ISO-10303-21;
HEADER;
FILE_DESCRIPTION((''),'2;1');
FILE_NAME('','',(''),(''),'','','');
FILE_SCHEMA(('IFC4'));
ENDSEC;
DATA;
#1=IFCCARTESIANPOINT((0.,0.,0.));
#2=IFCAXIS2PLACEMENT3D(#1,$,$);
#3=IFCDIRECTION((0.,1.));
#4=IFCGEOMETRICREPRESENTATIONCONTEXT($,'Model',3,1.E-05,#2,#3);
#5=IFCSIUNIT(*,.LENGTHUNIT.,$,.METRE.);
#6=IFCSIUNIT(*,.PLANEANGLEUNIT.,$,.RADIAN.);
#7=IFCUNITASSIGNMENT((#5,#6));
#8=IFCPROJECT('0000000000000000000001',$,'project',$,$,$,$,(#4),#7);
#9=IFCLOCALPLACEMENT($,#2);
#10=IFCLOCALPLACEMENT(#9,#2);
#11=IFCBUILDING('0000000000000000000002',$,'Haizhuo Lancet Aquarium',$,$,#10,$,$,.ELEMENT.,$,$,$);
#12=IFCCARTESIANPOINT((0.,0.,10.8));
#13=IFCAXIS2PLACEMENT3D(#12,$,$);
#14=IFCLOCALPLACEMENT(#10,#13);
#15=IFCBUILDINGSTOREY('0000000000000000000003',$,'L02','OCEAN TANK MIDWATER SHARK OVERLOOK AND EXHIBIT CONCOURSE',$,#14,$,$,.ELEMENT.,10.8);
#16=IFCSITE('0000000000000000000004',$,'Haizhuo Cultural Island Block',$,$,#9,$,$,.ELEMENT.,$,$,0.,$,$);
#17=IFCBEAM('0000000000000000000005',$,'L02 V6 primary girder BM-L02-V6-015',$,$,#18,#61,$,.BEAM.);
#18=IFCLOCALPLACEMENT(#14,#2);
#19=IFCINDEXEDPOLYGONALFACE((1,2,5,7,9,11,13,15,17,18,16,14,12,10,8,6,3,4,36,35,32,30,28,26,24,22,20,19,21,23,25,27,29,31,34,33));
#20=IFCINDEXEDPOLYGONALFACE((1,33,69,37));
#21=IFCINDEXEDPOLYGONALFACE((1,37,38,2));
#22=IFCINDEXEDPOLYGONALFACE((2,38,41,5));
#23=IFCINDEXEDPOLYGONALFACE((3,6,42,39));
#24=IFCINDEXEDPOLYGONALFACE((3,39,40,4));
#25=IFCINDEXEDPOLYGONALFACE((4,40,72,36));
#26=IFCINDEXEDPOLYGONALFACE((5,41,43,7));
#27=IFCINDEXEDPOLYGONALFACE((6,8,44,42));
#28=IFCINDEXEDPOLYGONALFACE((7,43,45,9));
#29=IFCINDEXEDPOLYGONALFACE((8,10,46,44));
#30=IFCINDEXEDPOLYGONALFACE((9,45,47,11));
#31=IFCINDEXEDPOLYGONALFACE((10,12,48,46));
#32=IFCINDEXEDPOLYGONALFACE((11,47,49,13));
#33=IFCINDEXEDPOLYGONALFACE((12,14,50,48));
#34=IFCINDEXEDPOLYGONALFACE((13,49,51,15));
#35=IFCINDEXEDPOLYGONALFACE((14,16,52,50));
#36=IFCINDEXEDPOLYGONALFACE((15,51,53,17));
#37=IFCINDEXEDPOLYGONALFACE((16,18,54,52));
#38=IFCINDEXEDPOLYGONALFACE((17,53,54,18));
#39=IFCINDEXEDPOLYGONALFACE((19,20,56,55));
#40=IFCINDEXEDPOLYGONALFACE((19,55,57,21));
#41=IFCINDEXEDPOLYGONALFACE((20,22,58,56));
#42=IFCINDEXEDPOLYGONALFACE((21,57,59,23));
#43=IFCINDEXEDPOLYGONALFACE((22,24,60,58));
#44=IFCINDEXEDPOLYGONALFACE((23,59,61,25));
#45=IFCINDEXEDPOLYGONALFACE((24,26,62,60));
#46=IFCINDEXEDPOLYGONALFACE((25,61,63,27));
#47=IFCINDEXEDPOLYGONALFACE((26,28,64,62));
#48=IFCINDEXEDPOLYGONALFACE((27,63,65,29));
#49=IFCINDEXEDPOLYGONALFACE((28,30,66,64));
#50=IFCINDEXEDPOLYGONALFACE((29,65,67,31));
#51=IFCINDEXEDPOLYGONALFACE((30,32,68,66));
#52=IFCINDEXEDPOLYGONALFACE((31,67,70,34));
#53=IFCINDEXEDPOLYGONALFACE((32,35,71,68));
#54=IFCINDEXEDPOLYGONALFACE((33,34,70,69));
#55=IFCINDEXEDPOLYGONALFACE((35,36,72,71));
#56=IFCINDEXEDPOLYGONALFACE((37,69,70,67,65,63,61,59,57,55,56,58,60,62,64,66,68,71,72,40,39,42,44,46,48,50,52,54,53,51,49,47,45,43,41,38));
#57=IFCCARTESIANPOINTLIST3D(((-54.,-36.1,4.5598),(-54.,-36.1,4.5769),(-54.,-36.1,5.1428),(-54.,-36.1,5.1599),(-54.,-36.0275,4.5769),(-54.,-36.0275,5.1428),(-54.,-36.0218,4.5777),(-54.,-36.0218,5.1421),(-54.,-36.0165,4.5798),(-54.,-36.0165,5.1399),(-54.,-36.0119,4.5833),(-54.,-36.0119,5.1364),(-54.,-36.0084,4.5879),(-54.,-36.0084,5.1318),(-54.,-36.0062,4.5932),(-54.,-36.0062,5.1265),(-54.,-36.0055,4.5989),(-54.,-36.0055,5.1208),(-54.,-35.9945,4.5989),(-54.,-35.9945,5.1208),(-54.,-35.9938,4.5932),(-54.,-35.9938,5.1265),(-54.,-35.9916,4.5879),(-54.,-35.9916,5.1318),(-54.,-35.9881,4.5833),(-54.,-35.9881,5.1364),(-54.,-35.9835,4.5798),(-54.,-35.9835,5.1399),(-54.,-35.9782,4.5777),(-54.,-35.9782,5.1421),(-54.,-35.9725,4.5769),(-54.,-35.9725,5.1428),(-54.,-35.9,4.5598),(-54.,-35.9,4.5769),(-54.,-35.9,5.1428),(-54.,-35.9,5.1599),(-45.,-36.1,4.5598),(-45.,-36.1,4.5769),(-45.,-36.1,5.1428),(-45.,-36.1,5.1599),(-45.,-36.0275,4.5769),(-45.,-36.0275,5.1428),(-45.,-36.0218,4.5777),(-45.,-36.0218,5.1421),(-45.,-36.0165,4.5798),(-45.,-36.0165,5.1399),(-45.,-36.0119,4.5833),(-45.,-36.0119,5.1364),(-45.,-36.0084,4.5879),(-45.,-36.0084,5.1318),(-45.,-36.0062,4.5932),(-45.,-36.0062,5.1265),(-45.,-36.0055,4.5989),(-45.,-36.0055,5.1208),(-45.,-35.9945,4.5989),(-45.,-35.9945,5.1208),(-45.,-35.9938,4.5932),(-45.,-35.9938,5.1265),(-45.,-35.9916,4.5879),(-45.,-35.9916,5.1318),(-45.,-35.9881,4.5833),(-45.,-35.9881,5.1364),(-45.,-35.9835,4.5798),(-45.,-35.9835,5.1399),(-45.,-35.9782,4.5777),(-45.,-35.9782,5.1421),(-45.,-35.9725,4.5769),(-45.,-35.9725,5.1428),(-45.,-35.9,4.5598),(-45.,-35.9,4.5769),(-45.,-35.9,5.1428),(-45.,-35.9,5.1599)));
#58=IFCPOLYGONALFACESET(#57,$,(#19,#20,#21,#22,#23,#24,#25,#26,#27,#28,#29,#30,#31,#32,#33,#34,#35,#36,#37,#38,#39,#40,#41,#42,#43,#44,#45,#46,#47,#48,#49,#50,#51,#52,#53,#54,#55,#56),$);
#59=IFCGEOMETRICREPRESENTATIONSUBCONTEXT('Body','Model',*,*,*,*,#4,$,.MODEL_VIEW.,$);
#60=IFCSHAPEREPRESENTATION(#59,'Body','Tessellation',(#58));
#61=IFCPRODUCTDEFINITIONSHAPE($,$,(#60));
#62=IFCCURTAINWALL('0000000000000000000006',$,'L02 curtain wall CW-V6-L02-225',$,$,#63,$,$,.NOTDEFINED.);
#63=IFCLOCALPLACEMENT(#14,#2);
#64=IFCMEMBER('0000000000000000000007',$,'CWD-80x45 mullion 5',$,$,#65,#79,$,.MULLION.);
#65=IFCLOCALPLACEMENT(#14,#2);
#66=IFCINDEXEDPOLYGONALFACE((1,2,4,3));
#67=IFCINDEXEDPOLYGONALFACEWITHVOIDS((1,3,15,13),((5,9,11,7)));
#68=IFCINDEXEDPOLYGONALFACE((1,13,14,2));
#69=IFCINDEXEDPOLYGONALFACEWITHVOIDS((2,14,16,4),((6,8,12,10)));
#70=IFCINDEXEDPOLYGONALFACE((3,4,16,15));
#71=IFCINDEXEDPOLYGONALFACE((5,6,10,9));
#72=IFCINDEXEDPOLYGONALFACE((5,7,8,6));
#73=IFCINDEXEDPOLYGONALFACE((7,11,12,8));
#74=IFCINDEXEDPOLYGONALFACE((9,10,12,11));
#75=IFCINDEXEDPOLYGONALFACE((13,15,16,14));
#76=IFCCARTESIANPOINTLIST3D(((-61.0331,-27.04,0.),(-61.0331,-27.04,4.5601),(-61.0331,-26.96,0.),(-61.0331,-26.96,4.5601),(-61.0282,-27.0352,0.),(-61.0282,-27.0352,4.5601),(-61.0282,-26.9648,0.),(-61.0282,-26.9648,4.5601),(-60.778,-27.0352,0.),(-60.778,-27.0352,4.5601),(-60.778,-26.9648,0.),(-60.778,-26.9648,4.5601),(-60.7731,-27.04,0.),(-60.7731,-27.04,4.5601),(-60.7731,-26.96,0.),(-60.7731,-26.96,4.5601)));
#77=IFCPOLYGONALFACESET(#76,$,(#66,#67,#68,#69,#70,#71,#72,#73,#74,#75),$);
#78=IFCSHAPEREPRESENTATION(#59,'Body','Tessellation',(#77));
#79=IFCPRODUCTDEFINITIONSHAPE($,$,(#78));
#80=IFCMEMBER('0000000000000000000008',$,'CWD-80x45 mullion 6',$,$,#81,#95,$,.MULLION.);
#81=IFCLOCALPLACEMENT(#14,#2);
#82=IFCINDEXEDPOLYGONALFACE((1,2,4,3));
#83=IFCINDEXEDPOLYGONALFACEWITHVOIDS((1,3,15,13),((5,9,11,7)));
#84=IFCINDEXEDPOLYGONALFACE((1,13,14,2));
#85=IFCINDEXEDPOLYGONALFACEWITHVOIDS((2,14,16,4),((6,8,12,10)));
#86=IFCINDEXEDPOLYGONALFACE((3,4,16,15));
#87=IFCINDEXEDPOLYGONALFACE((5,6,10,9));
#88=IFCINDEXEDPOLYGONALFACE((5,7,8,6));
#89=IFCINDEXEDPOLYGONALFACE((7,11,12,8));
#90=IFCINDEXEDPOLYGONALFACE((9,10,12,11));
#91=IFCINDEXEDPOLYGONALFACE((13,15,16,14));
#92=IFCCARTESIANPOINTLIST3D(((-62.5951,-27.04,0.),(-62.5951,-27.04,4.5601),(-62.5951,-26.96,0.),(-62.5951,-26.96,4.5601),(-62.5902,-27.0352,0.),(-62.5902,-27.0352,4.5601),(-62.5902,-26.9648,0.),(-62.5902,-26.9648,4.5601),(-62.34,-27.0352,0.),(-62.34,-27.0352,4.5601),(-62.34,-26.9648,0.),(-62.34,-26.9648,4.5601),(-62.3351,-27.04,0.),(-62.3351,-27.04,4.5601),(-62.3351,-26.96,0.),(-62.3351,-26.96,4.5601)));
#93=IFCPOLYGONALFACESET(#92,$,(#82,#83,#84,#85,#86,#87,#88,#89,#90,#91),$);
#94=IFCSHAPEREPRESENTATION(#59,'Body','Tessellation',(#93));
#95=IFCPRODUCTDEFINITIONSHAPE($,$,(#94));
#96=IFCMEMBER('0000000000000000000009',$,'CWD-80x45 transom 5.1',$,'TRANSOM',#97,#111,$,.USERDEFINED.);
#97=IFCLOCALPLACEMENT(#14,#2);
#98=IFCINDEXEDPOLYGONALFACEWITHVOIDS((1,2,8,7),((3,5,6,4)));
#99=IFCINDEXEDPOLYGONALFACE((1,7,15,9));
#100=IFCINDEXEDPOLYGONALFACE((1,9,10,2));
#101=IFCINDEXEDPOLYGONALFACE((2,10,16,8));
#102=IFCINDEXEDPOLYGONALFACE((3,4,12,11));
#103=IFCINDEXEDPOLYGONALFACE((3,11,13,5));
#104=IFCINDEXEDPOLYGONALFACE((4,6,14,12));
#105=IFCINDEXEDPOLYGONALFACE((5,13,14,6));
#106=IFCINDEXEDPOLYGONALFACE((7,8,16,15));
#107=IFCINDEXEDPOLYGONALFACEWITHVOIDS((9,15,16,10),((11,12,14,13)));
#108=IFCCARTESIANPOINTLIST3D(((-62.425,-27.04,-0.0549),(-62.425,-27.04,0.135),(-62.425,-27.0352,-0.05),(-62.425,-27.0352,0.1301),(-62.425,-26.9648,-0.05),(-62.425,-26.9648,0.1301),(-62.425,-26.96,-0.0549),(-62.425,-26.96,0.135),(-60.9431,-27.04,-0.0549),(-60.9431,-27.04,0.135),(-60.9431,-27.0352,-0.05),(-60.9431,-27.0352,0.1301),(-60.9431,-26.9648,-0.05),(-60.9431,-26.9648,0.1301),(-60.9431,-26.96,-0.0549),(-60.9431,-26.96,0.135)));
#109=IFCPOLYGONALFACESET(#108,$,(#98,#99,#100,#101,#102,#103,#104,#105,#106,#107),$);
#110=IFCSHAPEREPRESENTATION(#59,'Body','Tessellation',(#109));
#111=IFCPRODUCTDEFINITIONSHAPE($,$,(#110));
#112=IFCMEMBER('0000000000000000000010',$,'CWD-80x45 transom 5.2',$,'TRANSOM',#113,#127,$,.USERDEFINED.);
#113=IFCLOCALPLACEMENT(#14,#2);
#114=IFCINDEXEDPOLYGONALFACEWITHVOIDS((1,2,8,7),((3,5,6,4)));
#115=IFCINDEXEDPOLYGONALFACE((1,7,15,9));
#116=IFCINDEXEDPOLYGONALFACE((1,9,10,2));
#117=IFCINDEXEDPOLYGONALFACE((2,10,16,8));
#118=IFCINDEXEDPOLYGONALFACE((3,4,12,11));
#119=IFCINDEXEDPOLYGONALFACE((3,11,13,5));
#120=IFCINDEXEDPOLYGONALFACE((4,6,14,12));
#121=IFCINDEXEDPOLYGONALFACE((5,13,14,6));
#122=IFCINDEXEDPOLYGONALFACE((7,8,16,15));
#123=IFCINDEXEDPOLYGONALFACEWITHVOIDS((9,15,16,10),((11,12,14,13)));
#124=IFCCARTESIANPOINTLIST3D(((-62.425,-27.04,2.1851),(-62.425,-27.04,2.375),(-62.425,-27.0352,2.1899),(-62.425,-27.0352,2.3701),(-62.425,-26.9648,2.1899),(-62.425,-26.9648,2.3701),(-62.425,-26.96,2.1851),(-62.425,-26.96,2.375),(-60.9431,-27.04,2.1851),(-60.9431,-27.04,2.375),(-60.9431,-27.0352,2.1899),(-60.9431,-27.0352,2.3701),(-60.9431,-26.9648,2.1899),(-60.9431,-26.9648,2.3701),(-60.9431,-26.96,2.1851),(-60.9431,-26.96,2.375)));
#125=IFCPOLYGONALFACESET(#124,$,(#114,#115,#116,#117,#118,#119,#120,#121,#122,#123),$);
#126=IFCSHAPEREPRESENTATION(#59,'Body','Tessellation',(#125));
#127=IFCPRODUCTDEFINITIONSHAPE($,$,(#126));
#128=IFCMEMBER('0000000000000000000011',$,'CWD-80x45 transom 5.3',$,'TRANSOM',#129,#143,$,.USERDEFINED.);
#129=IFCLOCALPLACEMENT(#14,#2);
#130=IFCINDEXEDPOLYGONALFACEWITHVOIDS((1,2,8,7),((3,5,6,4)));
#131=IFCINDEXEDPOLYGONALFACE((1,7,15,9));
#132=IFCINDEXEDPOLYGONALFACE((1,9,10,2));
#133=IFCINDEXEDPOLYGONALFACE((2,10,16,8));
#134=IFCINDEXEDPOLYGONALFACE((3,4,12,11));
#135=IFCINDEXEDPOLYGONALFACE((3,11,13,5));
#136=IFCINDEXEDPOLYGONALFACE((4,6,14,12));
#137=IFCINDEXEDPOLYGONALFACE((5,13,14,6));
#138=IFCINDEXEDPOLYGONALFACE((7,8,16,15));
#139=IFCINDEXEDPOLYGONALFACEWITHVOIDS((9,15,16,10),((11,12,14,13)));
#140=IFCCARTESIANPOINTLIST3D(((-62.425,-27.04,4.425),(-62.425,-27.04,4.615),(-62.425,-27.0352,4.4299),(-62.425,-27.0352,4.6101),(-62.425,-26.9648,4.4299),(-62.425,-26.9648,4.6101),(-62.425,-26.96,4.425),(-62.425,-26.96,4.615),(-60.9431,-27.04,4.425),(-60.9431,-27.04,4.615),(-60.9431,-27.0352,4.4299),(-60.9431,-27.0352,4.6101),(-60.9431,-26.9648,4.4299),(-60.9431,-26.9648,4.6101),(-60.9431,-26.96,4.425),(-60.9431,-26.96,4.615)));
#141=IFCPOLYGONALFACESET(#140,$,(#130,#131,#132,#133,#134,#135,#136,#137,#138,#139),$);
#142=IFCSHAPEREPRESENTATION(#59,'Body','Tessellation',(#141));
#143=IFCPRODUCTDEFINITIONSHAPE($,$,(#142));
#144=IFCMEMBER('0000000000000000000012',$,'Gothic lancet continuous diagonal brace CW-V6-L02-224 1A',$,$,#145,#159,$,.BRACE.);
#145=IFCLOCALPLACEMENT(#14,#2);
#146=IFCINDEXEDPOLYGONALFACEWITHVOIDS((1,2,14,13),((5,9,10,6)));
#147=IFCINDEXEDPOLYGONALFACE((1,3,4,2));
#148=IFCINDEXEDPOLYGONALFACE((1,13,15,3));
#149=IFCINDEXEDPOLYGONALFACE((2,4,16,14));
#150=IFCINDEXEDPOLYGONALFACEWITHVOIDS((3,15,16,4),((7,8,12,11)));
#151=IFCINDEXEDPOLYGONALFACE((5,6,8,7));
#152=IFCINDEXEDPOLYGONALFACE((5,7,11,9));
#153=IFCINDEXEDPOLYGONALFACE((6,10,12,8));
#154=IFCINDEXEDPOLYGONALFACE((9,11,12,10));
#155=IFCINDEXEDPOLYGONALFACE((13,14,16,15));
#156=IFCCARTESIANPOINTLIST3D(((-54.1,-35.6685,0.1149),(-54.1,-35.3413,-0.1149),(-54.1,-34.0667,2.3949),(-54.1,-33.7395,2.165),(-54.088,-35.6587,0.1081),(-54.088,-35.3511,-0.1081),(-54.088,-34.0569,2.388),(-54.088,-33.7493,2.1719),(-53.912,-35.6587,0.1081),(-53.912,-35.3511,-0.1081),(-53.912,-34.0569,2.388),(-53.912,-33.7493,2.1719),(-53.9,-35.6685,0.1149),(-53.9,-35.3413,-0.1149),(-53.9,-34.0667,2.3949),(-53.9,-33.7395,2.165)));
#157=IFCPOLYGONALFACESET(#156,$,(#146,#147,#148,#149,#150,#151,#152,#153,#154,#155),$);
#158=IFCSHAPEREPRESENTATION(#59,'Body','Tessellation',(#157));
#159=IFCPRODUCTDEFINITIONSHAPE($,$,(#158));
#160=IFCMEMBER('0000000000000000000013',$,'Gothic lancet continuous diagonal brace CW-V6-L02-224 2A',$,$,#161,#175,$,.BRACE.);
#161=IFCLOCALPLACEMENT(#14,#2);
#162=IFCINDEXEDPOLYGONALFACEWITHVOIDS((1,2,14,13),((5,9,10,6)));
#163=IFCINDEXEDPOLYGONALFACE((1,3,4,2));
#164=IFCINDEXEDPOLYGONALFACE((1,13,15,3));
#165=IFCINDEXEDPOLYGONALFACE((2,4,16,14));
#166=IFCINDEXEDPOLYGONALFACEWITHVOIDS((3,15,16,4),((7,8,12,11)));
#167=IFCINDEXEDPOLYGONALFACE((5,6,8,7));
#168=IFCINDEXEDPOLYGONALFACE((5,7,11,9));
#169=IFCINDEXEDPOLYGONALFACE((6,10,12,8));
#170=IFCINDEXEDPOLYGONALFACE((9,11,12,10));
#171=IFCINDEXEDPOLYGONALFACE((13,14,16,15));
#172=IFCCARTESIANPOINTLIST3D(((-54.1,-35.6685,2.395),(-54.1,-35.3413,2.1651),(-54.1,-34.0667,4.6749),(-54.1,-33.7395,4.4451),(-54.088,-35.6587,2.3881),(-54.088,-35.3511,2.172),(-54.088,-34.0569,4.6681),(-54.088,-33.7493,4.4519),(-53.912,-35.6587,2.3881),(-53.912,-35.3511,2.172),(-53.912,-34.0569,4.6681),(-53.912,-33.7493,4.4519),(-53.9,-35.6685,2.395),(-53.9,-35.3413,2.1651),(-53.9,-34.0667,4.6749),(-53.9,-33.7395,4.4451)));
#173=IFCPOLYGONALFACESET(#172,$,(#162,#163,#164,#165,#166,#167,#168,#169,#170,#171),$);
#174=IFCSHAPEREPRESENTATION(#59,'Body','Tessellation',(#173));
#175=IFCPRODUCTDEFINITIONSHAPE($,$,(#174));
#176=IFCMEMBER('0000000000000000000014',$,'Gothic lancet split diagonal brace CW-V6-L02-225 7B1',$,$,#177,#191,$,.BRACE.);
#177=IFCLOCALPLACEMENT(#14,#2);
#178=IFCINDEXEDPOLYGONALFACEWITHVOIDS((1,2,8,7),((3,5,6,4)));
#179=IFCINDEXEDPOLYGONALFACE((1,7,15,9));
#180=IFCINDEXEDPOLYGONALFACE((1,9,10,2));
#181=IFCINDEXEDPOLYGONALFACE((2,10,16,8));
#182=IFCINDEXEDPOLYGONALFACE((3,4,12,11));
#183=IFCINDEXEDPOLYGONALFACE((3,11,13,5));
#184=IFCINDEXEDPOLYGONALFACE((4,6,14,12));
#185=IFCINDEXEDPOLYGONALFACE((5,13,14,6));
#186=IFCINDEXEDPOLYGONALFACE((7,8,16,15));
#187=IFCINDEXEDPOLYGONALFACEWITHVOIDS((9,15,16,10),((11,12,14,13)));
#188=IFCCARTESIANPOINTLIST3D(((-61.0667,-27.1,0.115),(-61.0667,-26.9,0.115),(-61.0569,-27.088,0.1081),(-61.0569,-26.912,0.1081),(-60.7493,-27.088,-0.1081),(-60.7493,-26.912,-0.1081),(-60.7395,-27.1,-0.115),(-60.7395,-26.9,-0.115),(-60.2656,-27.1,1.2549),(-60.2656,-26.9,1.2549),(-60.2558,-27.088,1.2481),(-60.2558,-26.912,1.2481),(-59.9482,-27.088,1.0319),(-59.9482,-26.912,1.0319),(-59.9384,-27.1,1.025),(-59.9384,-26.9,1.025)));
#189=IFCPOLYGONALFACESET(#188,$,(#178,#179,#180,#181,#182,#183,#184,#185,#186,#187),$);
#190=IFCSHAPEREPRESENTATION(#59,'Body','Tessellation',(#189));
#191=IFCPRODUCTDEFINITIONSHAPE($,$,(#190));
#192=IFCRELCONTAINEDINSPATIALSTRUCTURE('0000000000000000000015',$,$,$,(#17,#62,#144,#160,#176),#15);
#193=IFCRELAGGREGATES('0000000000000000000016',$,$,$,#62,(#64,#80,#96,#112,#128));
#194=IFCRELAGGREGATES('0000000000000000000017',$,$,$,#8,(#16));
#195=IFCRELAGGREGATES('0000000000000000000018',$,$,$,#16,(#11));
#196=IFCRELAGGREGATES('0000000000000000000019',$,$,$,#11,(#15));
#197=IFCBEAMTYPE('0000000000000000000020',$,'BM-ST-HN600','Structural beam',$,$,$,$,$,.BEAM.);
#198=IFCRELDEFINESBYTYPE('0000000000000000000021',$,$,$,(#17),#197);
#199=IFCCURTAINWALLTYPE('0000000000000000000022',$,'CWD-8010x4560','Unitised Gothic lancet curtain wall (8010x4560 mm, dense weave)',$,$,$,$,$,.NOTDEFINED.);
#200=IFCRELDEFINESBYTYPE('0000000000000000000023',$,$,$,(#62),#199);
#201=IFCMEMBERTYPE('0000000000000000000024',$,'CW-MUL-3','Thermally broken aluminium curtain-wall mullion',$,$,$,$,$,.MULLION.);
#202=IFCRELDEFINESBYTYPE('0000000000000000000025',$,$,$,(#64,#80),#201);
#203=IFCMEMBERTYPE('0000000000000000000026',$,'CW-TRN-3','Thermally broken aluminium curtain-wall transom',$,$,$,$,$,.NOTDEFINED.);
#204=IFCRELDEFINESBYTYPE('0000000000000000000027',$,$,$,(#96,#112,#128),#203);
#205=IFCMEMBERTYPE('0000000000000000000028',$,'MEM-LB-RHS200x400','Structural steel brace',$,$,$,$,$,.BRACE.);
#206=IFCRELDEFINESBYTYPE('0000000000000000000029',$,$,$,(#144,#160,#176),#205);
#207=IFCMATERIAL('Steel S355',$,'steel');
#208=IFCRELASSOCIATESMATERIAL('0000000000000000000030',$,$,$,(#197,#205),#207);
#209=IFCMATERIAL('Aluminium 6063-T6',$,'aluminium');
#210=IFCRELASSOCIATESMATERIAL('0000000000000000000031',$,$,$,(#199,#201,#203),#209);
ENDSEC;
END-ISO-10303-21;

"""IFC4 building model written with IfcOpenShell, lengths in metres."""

from ifc_helpers import new_model, si_unit, direction, frame, origin, origin_2d, place, context, subcontext, project, spatial, hollow_rectangle, i_section, extrude, material, material_profile, profile_set, type_object, element, aggregate, save


model = new_model("IFC4")

# Units and contexts
model_context = context("Model", 3, precision=1e-05, world=origin(), true_north=direction((0.0, 1.0)))
body_context = subcontext(model_context, "Body", "Model", "MODEL_VIEW")
ifc_project = project(units=[si_unit("LENGTHUNIT", "METRE"), si_unit("PLANEANGLEUNIT", "RADIAN")], contexts=[model_context])

# Site, building, storey
site_placement = place(None, origin())
site = spatial("IfcSite", under=ifc_project, at=site_placement, Name="Haizhuo Cultural Island Block", CompositionType="ELEMENT", RefElevation=0.0)
building_placement = place(site_placement, origin())
building = spatial("IfcBuilding", under=site, at=building_placement, Name="Haizhuo Lancet Aquarium", CompositionType="ELEMENT")
storey_placement = place(building_placement, frame((0.0, 0.0, 10.8)))
storey = spatial("IfcBuildingStorey", under=building, at=storey_placement, Name="L02", Description="OCEAN TANK MIDWATER SHARK OVERLOOK AND EXHIBIT CONCOURSE", CompositionType="ELEMENT", Elevation=10.8)

# Beam
ifc_material_1 = material(Name="Steel S355", Category="steel")
ifc_material_profile_1 = material_profile(ifc_material_1, i_section(OverallWidth=0.2, OverallDepth=0.6001, WebThickness=0.011, FlangeThickness=0.0171, FilletRadius=0.022, at=origin_2d()), Name="HN 600x200x11x17")
ifc_profile_set_1 = profile_set([ifc_material_profile_1], Name="Steel S355")
beam_type = type_object("IfcBeamType", Name="BM-ST-HN600", Description="Structural beam", PredefinedType="BEAM", material=ifc_profile_set_1)
for number, where, z_axis, x_axis, name in (
    (1, (-54.0, -36.0, 4.8599), (1.0, 0.0, 0.0), (0.0, 1.0, 0.0), "L02 V6 primary girder BM-L02-V6-015"),
):
    element("IfcBeam", number, at=place(storey_placement, frame(where, z_axis=z_axis, x_axis=x_axis)), inside=storey, type_object=beam_type, Name=name, PredefinedType="BEAM", context=body_context, shape_type="SweptSolid", body=[
        extrude(i_section(OverallWidth=0.2, OverallDepth=0.6001, WebThickness=0.011, FlangeThickness=0.0171, FilletRadius=0.022, at=origin_2d()), origin(), (0.0, 0.0, 1.0), 9.0),
    ])

# Curtain wall, members
ifc_material_2 = material(Name="Aluminium 6063-T6", Category="aluminium")
curtain_wall_type = type_object("IfcCurtainWallType", Name="CWD-8010x4560", Description="Unitised Gothic lancet curtain wall (8010x4560 mm, dense weave)", PredefinedType="NOTDEFINED", material=ifc_material_2)
curtain_wall_placement = place(storey_placement, origin())
curtain_wall = element("IfcCurtainWall", 2, at=curtain_wall_placement, inside=storey, type_object=curtain_wall_type, Name="L02 curtain wall CW-V6-L02-225", PredefinedType="NOTDEFINED")
ifc_material_profile_2 = material_profile(ifc_material_2, hollow_rectangle(XDim=0.0801, YDim=0.26, WallThickness=0.0049, at=origin_2d()), Name="ALU-M 80x260x5")
ifc_profile_set_2 = profile_set([ifc_material_profile_2], Name="Aluminium 6063-T6")
member_type_1 = type_object("IfcMemberType", Name="CW-MUL-3", Description="Thermally broken aluminium curtain-wall mullion", PredefinedType="MULLION", material=ifc_profile_set_2)
member_1_placement = place(storey_placement, frame((-60.9031, -27.0, 0.0), z_axis=(0.0, 0.0, 1.0), x_axis=(0.0, -1.0, 0.0)))
member_1 = element("IfcMember", 3, at=member_1_placement, type_object=member_type_1, Name="CWD-80x45 mullion 5", PredefinedType="MULLION", context=body_context, shape_type="SweptSolid", body=[
    extrude(hollow_rectangle(XDim=0.0801, YDim=0.26, WallThickness=0.0049, at=origin_2d()), origin(), (0.0, 0.0, 1.0), 4.5601),
])
member_2_placement = place(storey_placement, frame((-62.4651, -27.0, 0.0), z_axis=(0.0, 0.0, 1.0), x_axis=(0.0, -1.0, 0.0)))
member_2 = element("IfcMember", 4, at=member_2_placement, type_object=member_type_1, Name="CWD-80x45 mullion 6", PredefinedType="MULLION", context=body_context, shape_type="SweptSolid", body=[
    extrude(hollow_rectangle(XDim=0.0801, YDim=0.26, WallThickness=0.0049, at=origin_2d()), origin(), (0.0, 0.0, 1.0), 4.5601),
])
ifc_material_profile_3 = material_profile(ifc_material_2, hollow_rectangle(XDim=0.0801, YDim=0.1899, WallThickness=0.0049, at=origin_2d()), Name="ALU-T 80x190x5")
ifc_profile_set_3 = profile_set([ifc_material_profile_3], Name="Aluminium 6063-T6")
member_type_2 = type_object("IfcMemberType", Name="CW-TRN-3", Description="Thermally broken aluminium curtain-wall transom", PredefinedType="NOTDEFINED", material=ifc_profile_set_3)
member_3_placement = place(storey_placement, frame((-60.9431, -27.0, 0.04), z_axis=(-1.0, 0.0, 0.0), x_axis=(0.0, -1.0, 0.0)))
member_3 = element("IfcMember", 5, at=member_3_placement, type_object=member_type_2, Name="CWD-80x45 transom 5.1", ObjectType="TRANSOM", PredefinedType="USERDEFINED", context=body_context, shape_type="SweptSolid", body=[
    extrude(hollow_rectangle(XDim=0.0801, YDim=0.1899, WallThickness=0.0049, at=origin_2d()), origin(), (0.0, 0.0, 1.0), 1.4819),
])
member_4_placement = place(storey_placement, frame((-60.9431, -27.0, 2.28), z_axis=(-1.0, 0.0, 0.0), x_axis=(0.0, -1.0, 0.0)))
member_4 = element("IfcMember", 6, at=member_4_placement, type_object=member_type_2, Name="CWD-80x45 transom 5.2", ObjectType="TRANSOM", PredefinedType="USERDEFINED", context=body_context, shape_type="SweptSolid", body=[
    extrude(hollow_rectangle(XDim=0.0801, YDim=0.1899, WallThickness=0.0049, at=origin_2d()), origin(), (0.0, 0.0, 1.0), 1.4819),
])
member_5_placement = place(storey_placement, frame((-60.9431, -27.0, 4.52), z_axis=(-1.0, 0.0, 0.0), x_axis=(0.0, -1.0, 0.0)))
member_5 = element("IfcMember", 7, at=member_5_placement, type_object=member_type_2, Name="CWD-80x45 transom 5.3", ObjectType="TRANSOM", PredefinedType="USERDEFINED", context=body_context, shape_type="SweptSolid", body=[
    extrude(hollow_rectangle(XDim=0.0801, YDim=0.1899, WallThickness=0.0049, at=origin_2d()), origin(), (0.0, 0.0, 1.0), 1.4819),
])

# Members
ifc_material_profile_4 = material_profile(ifc_material_1, hollow_rectangle(XDim=0.2, YDim=0.3999, WallThickness=0.012, at=origin_2d()), Name="RHS 200x400x12")
ifc_profile_set_4 = profile_set([ifc_material_profile_4], Name="Steel S355")
member_type_3 = type_object("IfcMemberType", Name="MEM-LB-RHS200x400", Description="Structural steel brace", PredefinedType="BRACE", material=ifc_profile_set_4)
for number, where, z_axis, x_axis, name in (
    (8, (-54.0, -35.5049, 0.0), (0.0, 0.574855, 0.818255), (-1.0, 0.0, 0.0), "Gothic lancet continuous diagonal brace CW-V6-L02-224 1A"),
    (9, (-54.0, -35.5049, 2.28), (0.0, 0.574855, 0.818255), (-1.0, 0.0, 0.0), "Gothic lancet continuous diagonal brace CW-V6-L02-224 2A"),
):
    element("IfcMember", number, at=place(storey_placement, frame(where, z_axis=z_axis, x_axis=x_axis)), inside=storey, type_object=member_type_3, Name=name, PredefinedType="BRACE", context=body_context, shape_type="SweptSolid", body=[
        extrude(hollow_rectangle(XDim=0.2, YDim=0.3999, WallThickness=0.012, at=origin_2d()), origin(), (0.0, 0.0, 1.0), 2.7864),
    ])
for number, where, z_axis, x_axis, name in (
    (10, (-60.9031, -27.0, 0.0), (0.574955, 0.0, 0.818185), (0.0, 1.0, 0.0), "Gothic lancet split diagonal brace CW-V6-L02-225 7B1"),
):
    element("IfcMember", number, at=place(storey_placement, frame(where, z_axis=z_axis, x_axis=x_axis)), inside=storey, type_object=member_type_3, Name=name, PredefinedType="BRACE", context=body_context, shape_type="SweptSolid", body=[
        extrude(hollow_rectangle(XDim=0.2, YDim=0.3999, WallThickness=0.012, at=origin_2d()), origin(), (0.0, 0.0, 1.0), 1.3933),
    ])

aggregate(curtain_wall, [member_1, member_2, member_3, member_4, member_5])

save(model, "model.ifc")
